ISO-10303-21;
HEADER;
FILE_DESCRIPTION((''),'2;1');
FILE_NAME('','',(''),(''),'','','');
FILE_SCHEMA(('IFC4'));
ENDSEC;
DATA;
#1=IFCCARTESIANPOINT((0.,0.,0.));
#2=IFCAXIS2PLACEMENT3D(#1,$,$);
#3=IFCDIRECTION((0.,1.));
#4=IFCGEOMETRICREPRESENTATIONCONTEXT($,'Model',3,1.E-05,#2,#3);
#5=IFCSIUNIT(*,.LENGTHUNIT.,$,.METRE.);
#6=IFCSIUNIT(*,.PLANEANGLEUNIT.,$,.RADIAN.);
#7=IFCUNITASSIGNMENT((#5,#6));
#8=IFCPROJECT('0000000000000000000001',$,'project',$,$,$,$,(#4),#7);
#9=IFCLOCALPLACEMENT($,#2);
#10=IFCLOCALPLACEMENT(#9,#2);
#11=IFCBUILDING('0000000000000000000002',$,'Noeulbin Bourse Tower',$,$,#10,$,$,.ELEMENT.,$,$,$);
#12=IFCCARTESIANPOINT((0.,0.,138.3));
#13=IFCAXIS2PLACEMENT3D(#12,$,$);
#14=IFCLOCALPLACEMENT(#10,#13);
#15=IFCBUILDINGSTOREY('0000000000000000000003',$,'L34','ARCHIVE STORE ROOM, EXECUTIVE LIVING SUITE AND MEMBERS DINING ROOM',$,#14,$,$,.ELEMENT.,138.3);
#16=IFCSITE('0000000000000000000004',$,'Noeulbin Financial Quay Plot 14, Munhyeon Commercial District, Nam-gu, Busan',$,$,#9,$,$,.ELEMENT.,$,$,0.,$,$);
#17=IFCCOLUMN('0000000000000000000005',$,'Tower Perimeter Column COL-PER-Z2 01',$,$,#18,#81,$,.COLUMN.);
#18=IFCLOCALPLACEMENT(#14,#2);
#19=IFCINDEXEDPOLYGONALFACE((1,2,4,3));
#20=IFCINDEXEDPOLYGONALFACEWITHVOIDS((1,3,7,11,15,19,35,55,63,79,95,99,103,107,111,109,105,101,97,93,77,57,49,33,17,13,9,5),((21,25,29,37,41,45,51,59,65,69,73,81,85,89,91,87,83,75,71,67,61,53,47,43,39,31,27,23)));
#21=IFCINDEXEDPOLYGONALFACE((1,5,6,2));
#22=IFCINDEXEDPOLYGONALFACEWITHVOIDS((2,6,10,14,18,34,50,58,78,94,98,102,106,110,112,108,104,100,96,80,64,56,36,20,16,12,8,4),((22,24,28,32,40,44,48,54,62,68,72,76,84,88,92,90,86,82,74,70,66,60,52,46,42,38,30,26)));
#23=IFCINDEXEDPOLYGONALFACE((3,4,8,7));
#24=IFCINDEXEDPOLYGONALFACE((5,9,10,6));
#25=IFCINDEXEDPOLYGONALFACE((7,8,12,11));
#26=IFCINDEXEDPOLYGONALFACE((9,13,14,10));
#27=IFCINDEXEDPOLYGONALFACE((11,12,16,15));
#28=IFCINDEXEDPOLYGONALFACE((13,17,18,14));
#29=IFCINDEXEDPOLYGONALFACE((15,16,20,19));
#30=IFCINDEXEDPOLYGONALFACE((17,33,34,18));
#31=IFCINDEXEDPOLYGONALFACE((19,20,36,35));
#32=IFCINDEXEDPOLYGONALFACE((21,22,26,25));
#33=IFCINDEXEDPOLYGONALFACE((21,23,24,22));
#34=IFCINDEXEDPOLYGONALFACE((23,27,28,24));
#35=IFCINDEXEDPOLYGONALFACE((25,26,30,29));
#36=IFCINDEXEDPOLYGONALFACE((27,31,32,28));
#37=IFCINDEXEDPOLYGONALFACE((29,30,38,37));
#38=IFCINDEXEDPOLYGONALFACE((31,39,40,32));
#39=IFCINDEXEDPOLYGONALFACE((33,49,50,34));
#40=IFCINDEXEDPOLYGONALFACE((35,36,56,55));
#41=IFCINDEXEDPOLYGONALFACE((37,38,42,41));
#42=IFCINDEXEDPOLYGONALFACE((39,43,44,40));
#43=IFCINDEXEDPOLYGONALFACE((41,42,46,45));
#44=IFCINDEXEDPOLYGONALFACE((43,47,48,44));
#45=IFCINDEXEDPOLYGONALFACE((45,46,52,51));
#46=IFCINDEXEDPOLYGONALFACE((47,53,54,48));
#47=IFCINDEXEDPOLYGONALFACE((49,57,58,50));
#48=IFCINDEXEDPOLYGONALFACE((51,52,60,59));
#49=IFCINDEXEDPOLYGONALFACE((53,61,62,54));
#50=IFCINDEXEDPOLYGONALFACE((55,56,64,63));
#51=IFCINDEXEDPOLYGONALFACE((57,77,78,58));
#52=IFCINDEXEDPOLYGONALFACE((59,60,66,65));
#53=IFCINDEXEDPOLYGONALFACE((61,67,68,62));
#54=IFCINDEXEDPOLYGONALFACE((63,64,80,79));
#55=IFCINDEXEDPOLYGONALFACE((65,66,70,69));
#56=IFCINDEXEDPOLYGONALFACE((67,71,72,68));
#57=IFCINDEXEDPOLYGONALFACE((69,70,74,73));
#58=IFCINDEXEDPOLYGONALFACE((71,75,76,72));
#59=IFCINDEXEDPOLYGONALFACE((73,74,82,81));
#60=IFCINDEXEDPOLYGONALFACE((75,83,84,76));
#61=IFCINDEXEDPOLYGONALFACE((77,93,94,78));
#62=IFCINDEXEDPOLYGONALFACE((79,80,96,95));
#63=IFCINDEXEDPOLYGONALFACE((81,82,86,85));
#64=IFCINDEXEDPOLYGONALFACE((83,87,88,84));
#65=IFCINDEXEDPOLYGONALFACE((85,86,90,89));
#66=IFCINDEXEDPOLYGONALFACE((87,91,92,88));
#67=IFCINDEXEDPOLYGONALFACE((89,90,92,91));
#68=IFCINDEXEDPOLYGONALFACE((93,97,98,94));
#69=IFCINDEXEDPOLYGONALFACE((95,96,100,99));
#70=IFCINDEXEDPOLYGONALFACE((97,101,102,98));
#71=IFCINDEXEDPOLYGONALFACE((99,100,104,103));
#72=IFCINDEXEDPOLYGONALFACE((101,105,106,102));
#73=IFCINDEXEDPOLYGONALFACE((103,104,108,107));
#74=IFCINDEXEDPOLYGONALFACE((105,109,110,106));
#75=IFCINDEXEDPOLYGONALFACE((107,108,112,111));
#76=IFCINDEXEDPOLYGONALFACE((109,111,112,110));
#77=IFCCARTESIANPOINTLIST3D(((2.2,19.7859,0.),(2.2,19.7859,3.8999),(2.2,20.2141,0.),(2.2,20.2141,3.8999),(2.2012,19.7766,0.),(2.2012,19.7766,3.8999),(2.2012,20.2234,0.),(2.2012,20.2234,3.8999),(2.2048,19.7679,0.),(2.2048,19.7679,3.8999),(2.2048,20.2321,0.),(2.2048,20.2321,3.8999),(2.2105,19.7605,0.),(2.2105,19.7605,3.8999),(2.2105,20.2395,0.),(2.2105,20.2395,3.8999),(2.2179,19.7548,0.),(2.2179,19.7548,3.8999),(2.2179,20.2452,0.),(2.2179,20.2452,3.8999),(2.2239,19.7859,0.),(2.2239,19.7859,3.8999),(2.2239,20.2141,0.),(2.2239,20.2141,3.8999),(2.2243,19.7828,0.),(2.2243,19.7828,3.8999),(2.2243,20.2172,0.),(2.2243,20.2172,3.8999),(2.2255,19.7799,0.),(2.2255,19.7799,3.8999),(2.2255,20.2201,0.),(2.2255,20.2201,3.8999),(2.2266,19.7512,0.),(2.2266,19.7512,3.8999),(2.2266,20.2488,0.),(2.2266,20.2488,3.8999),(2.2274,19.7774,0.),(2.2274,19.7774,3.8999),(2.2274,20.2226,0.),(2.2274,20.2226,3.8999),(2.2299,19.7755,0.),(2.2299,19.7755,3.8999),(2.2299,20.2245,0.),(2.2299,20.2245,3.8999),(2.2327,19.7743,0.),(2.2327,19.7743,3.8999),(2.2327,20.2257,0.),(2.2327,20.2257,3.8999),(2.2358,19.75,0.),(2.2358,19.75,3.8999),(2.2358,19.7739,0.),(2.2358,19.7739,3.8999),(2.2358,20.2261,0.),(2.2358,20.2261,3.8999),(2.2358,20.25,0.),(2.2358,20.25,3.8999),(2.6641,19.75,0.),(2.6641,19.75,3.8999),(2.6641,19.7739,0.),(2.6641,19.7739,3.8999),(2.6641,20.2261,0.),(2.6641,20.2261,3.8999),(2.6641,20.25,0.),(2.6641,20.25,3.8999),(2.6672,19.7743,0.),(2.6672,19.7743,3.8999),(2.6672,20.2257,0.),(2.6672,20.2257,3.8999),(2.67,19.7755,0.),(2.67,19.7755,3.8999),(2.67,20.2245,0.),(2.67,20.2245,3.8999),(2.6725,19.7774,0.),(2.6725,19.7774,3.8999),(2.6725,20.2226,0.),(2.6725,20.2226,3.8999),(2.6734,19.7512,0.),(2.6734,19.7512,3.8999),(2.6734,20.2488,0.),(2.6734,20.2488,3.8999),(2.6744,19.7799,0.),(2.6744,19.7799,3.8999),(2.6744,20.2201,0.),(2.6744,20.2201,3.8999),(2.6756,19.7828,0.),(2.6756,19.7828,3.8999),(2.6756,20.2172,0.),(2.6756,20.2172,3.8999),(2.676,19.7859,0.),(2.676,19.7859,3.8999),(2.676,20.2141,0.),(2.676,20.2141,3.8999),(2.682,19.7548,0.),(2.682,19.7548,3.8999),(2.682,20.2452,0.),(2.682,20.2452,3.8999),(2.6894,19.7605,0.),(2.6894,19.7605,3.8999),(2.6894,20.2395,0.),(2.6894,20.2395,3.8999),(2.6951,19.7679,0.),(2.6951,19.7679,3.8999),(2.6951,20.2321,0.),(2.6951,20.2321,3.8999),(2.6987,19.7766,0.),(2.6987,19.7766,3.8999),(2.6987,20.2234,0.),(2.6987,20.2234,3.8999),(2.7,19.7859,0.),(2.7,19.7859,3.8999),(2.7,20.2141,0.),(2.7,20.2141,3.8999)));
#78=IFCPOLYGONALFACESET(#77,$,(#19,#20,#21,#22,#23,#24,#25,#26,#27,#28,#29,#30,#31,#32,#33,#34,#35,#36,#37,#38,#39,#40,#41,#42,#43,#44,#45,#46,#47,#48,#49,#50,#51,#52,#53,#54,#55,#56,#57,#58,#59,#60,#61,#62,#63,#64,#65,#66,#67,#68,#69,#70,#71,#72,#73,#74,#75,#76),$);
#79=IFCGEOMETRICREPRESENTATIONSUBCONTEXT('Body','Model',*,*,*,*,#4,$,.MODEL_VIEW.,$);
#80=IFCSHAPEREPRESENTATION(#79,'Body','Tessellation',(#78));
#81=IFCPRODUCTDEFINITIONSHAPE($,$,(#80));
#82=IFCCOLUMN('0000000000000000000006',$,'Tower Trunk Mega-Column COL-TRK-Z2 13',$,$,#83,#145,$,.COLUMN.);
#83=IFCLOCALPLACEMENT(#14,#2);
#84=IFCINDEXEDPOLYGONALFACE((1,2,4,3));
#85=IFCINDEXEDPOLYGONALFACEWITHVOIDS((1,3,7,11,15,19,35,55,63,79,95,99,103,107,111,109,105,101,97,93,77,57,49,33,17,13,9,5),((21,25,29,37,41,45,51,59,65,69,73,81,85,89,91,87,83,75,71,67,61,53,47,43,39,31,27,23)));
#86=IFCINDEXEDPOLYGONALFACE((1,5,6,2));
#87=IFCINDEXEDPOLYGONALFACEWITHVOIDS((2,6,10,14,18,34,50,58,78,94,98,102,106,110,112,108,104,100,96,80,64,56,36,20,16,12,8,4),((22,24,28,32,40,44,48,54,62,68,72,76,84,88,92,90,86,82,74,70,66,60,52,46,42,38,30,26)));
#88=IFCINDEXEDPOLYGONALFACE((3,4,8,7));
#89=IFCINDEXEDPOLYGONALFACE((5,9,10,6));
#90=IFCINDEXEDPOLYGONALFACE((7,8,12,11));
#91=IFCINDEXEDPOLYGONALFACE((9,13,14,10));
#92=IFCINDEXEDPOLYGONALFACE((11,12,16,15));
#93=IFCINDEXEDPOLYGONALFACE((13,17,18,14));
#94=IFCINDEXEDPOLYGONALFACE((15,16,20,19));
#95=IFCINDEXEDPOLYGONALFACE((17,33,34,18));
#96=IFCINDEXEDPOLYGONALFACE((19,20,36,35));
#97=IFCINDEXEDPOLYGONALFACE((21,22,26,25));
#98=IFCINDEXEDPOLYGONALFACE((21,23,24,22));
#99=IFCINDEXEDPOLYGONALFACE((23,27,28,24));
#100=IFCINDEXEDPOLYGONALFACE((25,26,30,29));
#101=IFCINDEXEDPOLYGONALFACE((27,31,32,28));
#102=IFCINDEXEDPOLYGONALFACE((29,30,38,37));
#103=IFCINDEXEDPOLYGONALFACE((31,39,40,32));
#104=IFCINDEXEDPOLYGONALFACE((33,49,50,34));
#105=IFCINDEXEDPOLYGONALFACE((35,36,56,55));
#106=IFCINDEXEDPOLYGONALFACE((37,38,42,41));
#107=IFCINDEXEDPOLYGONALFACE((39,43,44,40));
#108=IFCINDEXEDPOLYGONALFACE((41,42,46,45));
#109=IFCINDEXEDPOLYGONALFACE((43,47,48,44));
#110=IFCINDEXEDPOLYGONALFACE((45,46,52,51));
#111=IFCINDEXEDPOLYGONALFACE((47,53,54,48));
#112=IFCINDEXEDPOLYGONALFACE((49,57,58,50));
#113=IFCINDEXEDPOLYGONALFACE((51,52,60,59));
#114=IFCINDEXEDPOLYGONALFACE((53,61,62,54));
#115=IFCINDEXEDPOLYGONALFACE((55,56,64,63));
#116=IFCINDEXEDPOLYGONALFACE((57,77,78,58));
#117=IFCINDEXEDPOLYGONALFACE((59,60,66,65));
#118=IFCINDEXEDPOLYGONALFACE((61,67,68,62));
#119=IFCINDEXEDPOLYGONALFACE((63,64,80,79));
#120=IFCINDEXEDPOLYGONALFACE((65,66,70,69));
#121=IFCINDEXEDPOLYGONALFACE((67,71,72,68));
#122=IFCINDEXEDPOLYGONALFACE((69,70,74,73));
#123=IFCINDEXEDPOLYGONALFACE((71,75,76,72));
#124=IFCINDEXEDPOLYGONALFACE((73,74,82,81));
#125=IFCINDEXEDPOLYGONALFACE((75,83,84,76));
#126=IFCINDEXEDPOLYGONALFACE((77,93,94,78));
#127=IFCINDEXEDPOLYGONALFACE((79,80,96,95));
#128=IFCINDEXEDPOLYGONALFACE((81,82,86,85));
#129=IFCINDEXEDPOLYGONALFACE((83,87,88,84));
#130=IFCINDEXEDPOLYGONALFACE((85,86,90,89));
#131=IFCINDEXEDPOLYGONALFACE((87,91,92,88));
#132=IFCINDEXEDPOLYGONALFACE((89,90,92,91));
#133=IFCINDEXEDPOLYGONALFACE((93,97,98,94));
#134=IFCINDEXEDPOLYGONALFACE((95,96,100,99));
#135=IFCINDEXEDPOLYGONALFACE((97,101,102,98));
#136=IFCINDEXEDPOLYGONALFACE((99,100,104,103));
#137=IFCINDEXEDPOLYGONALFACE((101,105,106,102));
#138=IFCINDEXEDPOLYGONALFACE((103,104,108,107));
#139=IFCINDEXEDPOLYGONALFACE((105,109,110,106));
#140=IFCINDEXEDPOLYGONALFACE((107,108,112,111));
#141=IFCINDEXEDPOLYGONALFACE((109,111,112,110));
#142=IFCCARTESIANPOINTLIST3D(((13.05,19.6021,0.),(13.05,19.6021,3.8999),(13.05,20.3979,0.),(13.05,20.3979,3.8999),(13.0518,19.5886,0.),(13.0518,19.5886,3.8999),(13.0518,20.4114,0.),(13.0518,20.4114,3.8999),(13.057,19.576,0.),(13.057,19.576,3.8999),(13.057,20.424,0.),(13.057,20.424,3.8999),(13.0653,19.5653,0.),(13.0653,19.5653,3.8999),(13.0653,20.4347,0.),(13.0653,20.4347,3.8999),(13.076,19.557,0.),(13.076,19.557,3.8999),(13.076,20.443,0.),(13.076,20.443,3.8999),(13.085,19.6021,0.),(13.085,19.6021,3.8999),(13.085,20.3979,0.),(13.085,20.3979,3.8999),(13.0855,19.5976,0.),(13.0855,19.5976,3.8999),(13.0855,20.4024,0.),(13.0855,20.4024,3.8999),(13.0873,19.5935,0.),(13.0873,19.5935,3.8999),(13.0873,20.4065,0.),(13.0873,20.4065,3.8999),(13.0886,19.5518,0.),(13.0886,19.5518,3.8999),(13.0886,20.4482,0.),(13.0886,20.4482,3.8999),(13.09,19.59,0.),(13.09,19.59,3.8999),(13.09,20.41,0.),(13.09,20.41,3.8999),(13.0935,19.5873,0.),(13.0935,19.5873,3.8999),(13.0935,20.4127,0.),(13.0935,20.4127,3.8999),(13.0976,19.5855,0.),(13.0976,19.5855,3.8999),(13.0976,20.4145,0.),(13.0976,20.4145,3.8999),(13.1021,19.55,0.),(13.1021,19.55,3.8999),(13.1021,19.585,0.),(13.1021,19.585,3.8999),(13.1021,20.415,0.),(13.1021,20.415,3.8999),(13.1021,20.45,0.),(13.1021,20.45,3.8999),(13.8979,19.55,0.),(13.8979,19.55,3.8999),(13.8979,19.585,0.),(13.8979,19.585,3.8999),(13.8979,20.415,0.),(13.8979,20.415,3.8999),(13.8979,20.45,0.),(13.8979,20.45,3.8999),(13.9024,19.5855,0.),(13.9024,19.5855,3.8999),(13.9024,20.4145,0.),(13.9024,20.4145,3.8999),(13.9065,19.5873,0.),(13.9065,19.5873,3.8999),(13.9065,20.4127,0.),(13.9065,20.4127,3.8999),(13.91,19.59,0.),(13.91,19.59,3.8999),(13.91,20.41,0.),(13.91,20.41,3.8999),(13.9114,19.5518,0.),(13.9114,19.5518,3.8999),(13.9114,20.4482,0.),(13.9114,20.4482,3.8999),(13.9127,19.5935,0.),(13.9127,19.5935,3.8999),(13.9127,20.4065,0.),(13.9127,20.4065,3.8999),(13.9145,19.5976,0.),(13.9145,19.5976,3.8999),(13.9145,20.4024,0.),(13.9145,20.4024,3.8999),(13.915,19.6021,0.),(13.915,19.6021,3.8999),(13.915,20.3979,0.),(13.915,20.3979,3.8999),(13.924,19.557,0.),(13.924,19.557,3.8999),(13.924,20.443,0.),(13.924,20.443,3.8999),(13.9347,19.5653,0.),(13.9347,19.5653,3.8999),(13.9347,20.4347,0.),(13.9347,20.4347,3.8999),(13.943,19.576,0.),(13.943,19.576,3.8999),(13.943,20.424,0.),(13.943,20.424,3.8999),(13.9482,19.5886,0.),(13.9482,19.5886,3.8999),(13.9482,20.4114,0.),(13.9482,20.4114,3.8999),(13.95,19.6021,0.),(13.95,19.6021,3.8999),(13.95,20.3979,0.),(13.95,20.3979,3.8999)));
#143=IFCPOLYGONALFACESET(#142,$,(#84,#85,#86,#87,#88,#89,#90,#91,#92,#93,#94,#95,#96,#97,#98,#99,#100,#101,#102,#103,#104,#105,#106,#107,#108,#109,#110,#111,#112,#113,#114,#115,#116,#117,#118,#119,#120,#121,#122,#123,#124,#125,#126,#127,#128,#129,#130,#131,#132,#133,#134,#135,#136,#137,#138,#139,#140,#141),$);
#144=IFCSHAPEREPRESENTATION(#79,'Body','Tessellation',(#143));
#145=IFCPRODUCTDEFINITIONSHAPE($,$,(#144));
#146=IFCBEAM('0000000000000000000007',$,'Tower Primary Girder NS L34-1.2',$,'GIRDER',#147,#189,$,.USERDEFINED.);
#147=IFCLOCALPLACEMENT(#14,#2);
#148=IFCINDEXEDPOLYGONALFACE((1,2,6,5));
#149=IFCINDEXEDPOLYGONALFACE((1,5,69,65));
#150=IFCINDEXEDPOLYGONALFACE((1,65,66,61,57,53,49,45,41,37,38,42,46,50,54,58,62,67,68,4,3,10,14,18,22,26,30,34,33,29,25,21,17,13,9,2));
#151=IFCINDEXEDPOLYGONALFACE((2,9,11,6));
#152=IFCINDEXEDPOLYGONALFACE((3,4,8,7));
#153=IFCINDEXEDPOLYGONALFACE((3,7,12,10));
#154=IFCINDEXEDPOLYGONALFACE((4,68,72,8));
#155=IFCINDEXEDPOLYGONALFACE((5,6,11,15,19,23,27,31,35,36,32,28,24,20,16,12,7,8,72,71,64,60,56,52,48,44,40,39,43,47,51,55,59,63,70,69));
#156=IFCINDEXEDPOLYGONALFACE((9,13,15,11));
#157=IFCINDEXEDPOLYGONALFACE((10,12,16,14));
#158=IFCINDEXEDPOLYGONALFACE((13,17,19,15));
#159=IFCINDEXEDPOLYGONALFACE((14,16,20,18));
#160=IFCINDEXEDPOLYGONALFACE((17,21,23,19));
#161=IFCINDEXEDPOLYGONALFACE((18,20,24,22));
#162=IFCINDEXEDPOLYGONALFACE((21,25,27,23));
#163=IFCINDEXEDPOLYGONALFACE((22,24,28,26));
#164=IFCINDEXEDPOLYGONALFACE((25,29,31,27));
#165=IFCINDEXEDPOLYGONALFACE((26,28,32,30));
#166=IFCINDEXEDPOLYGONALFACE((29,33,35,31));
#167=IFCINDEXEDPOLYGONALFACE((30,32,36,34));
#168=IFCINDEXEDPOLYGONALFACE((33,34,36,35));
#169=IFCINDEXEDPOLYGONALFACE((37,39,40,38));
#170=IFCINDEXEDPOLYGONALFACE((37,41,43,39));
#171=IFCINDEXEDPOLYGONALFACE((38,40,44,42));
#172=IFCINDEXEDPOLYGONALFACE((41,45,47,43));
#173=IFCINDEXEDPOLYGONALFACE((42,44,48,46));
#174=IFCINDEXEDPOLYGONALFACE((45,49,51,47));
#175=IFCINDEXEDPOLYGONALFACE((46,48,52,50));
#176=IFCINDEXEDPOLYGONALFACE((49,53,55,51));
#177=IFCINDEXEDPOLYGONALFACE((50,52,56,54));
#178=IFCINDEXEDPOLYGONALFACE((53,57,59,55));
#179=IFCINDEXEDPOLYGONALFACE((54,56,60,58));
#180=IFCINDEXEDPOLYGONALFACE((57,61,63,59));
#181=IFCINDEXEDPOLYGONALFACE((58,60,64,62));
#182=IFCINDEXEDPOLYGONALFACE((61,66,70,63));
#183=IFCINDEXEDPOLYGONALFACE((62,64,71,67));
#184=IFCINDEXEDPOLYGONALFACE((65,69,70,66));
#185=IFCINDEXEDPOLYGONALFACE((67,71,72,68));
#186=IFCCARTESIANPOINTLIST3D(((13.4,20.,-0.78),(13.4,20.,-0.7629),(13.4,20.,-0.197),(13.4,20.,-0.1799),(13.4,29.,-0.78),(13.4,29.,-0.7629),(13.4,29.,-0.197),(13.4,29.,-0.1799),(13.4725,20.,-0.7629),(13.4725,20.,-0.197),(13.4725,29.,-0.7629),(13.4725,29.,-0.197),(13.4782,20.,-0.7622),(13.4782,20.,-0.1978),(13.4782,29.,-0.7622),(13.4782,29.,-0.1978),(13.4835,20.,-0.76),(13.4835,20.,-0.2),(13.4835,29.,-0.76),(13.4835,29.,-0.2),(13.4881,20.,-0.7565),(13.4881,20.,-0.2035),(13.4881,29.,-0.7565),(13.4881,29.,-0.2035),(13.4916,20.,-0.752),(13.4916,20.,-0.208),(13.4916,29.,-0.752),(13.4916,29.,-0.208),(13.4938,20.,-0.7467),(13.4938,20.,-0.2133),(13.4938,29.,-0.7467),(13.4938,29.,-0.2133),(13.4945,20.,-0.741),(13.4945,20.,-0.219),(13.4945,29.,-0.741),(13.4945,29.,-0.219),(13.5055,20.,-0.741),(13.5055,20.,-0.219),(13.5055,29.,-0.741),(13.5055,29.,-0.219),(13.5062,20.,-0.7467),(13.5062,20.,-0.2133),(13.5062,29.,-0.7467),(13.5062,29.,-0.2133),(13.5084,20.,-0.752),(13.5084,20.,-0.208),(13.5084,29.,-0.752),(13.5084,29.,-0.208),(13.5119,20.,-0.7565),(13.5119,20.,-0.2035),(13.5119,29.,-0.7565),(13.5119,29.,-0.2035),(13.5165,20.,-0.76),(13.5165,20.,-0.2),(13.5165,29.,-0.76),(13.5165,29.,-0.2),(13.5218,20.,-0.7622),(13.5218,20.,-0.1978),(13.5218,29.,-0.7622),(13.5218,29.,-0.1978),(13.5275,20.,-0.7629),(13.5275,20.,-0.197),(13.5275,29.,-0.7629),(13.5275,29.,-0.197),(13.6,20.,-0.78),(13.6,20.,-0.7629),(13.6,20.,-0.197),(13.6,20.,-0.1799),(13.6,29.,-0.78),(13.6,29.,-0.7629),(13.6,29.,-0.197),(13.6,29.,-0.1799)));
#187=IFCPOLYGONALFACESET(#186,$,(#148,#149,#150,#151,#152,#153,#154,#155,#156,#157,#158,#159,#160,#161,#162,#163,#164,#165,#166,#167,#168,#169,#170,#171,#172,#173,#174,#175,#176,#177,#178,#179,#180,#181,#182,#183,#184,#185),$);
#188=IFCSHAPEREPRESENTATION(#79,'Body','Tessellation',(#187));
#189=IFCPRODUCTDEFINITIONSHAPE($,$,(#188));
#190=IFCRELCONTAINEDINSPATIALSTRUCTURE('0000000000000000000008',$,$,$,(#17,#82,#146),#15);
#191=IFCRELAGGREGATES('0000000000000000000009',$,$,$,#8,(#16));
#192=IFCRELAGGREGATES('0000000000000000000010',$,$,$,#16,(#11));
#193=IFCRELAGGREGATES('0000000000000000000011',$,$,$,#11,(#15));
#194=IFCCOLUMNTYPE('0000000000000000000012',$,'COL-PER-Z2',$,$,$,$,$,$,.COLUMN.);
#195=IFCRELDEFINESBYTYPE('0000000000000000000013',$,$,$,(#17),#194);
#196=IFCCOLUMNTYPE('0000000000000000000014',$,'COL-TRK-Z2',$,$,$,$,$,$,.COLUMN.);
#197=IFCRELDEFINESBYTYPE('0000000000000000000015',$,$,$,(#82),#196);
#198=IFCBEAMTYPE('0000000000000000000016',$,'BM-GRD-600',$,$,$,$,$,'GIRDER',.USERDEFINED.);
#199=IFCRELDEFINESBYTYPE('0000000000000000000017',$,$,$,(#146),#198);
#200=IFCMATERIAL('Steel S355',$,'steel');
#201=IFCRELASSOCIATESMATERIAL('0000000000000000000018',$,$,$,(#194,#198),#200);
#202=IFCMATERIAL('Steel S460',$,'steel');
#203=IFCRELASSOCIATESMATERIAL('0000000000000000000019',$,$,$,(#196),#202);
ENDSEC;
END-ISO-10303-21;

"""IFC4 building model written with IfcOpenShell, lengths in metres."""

from ifc_helpers import new_model, si_unit, direction, frame, origin, origin_2d, place, context, subcontext, project, spatial, hollow_rectangle, i_section, extrude, material, material_profile, profile_set, type_object, element, save


model = new_model("IFC4")

# Units and contexts
model_context = context("Model", 3, precision=1e-05, world=origin(), true_north=direction((0.0, 1.0)))
body_context = subcontext(model_context, "Body", "Model", "MODEL_VIEW")
ifc_project = project(units=[si_unit("LENGTHUNIT", "METRE"), si_unit("PLANEANGLEUNIT", "RADIAN")], contexts=[model_context])

# Site, building, storey
site_placement = place(None, origin())
site = spatial("IfcSite", under=ifc_project, at=site_placement, Name="Noeulbin Financial Quay Plot 14, Munhyeon Commercial District, Nam-gu, Busan", CompositionType="ELEMENT", RefElevation=0.0)
building_placement = place(site_placement, origin())
building = spatial("IfcBuilding", under=site, at=building_placement, Name="Noeulbin Bourse Tower", CompositionType="ELEMENT")
storey_placement = place(building_placement, frame((0.0, 0.0, 138.3)))
storey = spatial("IfcBuildingStorey", under=building, at=storey_placement, Name="L34", Description="ARCHIVE STORE ROOM, EXECUTIVE LIVING SUITE AND MEMBERS DINING ROOM", CompositionType="ELEMENT", Elevation=138.3)

# Columns
ifc_material_1 = material(Name="Steel S355", Category="steel")
ifc_material_profile_1 = material_profile(ifc_material_1, hollow_rectangle(XDim=0.5, YDim=0.5, WallThickness=0.0239, InnerFilletRadius=0.012, OuterFilletRadius=0.0359, at=origin_2d()), Name="BOX-500x500x24", Category="LoadBearing")
ifc_profile_set_1 = profile_set([ifc_material_profile_1], Name="Steel S355")
column_type_1 = type_object("IfcColumnType", Name="COL-PER-Z2", PredefinedType="COLUMN", material=ifc_profile_set_1)
column_1_placement = place(storey_placement, frame((2.45, 20.0, 0.0), z_axis=(0.0, 0.0, 1.0), x_axis=(1.0, 0.0, 0.0)))
element("IfcColumn", 1, at=column_1_placement, inside=storey, type_object=column_type_1, Name="Tower Perimeter Column COL-PER-Z2 01", PredefinedType="COLUMN", context=body_context, shape_type="SweptSolid", body=[
    extrude(hollow_rectangle(XDim=0.5, YDim=0.5, WallThickness=0.0239, InnerFilletRadius=0.012, OuterFilletRadius=0.0359, at=origin_2d()), origin(), (0.0, 0.0, 1.0), 3.8999),
])
ifc_material_2 = material(Name="Steel S460", Category="steel")
ifc_material_profile_2 = material_profile(ifc_material_2, hollow_rectangle(XDim=0.8999, YDim=0.8999, WallThickness=0.0349, InnerFilletRadius=0.0171, OuterFilletRadius=0.052, at=origin_2d()), Name="BOX-900x900x35", Category="LoadBearing")
ifc_profile_set_2 = profile_set([ifc_material_profile_2], Name="Steel S460")
column_type_2 = type_object("IfcColumnType", Name="COL-TRK-Z2", PredefinedType="COLUMN", material=ifc_profile_set_2)
column_2_placement = place(storey_placement, frame((13.5, 20.0, 0.0), z_axis=(0.0, 0.0, 1.0), x_axis=(1.0, 0.0, 0.0)))
element("IfcColumn", 2, at=column_2_placement, inside=storey, type_object=column_type_2, Name="Tower Trunk Mega-Column COL-TRK-Z2 13", PredefinedType="COLUMN", context=body_context, shape_type="SweptSolid", body=[
    extrude(hollow_rectangle(XDim=0.8999, YDim=0.8999, WallThickness=0.0349, InnerFilletRadius=0.0171, OuterFilletRadius=0.052, at=origin_2d()), origin(), (0.0, 0.0, 1.0), 3.8999),
])

# Beam
ifc_material_profile_3 = material_profile(ifc_material_1, i_section(OverallWidth=0.2, OverallDepth=0.6001, WebThickness=0.011, FlangeThickness=0.0171, FilletRadius=0.022, at=origin_2d()), Name="H-600x200x11x17", Category="LoadBearing")
ifc_profile_set_3 = profile_set([ifc_material_profile_3], Name="Steel S355")
beam_type_1 = type_object("IfcBeamType", Name="BM-GRD-600", ElementType="GIRDER", PredefinedType="USERDEFINED", material=ifc_profile_set_3)
beam_1_placement = place(storey_placement, frame((13.5, 20.0, -0.48), z_axis=(0.0, 1.0, 0.0), x_axis=(-1.0, 0.0, 0.0)))
element("IfcBeam", 3, at=beam_1_placement, inside=storey, type_object=beam_type_1, Name="Tower Primary Girder NS L34-1.2", ObjectType="GIRDER", PredefinedType="USERDEFINED", context=body_context, shape_type="SweptSolid", body=[
    extrude(i_section(OverallWidth=0.2, OverallDepth=0.6001, WebThickness=0.011, FlangeThickness=0.0171, FilletRadius=0.022, at=origin_2d()), origin(), (0.0, 0.0, 1.0), 9.0),
])

save(model, "model.ifc")
